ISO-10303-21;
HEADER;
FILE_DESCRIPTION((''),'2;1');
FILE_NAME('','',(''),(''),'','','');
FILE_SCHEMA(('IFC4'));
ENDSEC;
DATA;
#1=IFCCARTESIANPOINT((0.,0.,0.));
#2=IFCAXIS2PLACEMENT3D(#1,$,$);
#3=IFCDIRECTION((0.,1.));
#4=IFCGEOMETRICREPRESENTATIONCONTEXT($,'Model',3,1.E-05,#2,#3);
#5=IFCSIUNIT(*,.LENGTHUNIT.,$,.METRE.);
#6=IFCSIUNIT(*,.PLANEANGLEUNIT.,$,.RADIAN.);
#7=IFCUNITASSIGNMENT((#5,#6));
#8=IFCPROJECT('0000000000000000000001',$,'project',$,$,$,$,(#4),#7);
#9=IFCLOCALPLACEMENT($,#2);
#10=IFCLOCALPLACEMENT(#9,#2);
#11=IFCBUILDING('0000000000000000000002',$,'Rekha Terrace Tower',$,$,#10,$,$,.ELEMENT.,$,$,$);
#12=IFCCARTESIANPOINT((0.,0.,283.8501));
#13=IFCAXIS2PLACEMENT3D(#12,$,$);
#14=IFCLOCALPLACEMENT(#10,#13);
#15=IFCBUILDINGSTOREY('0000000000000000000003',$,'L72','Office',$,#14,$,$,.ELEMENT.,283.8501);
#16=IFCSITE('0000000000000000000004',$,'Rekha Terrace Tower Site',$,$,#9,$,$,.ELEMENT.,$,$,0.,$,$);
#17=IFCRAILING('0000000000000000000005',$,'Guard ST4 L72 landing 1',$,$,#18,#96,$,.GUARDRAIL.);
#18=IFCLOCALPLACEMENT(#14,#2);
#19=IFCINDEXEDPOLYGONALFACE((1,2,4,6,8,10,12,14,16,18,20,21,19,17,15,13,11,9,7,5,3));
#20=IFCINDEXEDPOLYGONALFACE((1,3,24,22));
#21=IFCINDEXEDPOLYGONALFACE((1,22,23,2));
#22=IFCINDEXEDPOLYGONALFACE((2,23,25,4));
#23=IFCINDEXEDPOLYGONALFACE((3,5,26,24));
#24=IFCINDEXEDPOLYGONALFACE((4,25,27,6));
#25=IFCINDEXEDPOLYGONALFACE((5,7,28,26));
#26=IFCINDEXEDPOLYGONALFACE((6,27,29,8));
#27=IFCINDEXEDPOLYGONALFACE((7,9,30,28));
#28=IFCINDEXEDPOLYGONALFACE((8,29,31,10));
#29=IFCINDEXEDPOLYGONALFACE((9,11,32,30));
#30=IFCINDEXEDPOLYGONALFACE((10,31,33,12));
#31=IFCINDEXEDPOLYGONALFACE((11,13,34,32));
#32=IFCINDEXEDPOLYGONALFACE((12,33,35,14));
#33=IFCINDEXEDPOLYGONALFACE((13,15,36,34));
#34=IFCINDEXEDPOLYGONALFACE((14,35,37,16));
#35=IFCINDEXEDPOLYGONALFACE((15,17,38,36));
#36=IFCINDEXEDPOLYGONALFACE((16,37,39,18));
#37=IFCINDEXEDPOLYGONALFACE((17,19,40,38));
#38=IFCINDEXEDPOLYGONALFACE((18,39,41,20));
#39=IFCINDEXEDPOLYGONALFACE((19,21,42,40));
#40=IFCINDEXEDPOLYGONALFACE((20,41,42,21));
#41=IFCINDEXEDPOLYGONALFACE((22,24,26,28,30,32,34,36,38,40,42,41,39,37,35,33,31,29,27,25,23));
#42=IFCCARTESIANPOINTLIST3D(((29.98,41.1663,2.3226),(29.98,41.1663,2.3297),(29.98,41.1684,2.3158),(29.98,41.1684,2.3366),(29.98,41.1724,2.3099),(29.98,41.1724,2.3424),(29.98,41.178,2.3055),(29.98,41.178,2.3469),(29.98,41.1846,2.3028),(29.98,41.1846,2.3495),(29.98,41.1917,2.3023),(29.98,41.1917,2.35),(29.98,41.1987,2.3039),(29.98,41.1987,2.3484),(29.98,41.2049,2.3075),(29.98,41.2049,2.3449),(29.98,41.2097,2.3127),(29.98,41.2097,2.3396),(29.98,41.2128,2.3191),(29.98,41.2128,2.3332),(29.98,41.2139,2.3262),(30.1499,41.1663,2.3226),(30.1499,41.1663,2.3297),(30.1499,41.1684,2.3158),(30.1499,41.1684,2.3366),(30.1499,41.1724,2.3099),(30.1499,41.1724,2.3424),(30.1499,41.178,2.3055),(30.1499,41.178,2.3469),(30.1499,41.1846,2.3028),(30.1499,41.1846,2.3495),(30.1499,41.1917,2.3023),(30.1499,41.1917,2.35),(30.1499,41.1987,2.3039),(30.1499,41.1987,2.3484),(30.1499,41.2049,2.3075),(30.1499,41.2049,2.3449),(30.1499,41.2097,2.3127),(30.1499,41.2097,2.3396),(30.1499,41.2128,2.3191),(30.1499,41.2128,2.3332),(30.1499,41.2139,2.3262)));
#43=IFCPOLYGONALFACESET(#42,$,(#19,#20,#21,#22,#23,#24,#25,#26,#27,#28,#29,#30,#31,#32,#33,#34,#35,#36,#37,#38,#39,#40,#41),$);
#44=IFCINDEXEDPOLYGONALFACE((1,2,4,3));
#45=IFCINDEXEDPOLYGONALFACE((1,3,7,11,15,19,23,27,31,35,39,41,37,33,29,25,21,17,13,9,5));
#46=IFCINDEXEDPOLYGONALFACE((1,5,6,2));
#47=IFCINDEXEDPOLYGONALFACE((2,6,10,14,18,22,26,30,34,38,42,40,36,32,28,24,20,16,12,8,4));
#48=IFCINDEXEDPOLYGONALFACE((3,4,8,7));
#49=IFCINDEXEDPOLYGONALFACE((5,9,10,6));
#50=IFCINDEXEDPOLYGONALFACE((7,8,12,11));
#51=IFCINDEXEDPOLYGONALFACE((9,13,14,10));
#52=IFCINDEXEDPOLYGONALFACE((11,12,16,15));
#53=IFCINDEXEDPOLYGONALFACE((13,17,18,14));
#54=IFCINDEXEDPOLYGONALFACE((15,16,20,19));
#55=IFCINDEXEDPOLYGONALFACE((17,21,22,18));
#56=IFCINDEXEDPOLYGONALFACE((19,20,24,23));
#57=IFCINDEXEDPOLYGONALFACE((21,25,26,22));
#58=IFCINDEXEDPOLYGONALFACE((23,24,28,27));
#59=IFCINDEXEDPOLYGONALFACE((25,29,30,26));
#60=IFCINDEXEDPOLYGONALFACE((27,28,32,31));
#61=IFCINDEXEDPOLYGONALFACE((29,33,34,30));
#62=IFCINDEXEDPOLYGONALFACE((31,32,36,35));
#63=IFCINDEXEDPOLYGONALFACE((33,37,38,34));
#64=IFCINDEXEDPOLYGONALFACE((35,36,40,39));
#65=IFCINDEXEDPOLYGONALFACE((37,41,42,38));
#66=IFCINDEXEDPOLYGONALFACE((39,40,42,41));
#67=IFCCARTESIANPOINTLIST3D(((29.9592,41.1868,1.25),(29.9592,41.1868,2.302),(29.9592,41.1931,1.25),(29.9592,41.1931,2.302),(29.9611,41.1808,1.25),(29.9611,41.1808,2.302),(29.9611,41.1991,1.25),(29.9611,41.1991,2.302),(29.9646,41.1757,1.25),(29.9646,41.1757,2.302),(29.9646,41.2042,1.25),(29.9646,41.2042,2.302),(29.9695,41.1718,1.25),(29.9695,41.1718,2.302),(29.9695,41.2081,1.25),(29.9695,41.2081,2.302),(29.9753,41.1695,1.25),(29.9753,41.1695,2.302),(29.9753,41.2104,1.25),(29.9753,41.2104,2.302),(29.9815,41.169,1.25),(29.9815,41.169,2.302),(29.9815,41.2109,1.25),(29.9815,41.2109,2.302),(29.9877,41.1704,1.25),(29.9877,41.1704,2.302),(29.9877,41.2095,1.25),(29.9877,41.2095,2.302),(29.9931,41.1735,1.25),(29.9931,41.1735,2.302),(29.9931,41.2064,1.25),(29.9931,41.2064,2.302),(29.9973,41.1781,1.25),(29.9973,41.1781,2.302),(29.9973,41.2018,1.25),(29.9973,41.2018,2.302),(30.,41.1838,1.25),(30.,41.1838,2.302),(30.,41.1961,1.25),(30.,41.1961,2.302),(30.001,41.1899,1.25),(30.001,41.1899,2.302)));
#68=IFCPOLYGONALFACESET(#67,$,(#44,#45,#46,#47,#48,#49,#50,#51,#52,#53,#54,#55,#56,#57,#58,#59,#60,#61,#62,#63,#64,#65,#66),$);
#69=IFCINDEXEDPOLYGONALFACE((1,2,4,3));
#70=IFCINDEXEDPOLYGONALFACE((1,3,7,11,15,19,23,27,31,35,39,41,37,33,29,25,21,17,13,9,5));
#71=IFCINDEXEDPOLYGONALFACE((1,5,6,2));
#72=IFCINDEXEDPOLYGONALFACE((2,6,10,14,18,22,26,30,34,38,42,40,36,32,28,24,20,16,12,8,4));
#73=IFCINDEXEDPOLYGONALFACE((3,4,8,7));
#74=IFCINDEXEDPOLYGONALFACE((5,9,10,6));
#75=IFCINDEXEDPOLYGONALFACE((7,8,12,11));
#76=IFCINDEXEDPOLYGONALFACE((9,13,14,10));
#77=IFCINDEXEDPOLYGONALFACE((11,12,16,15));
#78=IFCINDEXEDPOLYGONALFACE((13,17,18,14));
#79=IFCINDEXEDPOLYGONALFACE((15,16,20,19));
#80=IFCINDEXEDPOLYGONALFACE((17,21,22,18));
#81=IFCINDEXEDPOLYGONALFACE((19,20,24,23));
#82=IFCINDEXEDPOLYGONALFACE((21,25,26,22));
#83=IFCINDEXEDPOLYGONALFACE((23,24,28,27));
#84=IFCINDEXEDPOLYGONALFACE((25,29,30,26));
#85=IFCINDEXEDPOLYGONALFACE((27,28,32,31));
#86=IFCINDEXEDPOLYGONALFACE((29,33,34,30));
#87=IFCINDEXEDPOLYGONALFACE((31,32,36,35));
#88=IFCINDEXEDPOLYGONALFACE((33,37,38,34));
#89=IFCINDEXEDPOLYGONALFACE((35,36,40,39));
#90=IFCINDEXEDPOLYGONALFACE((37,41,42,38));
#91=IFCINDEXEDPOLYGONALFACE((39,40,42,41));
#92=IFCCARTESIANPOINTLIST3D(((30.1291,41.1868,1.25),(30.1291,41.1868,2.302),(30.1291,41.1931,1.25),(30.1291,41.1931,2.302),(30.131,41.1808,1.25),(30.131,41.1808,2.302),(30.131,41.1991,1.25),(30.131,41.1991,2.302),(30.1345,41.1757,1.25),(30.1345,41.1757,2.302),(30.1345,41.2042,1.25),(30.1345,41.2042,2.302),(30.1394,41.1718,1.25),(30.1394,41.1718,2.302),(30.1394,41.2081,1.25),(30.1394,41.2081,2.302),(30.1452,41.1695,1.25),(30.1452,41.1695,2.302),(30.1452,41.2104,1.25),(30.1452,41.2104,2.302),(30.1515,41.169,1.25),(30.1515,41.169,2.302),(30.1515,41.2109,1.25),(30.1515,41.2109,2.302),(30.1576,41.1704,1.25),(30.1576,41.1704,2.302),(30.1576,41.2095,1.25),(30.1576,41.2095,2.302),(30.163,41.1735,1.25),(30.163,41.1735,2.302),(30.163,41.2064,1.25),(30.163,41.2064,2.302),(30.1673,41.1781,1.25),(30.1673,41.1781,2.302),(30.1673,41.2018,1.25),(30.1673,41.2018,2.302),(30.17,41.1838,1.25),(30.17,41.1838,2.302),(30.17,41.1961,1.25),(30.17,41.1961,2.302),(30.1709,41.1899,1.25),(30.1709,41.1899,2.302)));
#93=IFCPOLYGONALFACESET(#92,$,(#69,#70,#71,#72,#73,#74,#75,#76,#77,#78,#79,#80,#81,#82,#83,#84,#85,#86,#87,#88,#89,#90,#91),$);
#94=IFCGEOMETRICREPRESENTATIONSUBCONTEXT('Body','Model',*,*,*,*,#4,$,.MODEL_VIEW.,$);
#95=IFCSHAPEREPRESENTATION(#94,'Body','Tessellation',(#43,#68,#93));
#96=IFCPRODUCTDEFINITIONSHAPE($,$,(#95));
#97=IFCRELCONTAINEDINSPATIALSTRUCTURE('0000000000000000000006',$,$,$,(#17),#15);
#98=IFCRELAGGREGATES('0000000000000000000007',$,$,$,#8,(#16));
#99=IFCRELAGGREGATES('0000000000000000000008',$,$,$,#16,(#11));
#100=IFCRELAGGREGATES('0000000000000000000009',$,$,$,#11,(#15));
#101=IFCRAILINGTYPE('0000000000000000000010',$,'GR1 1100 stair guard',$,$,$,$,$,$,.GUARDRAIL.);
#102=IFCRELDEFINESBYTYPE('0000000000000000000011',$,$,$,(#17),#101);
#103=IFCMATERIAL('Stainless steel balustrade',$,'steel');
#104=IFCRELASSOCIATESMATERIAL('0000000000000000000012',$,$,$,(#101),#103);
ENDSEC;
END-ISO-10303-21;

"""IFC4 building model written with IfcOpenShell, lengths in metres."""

from ifc_helpers import new_model, si_unit, direction, frame, origin, origin_2d, place, context, subcontext, project, spatial, circle, extrude, material, type_object, element, save


model = new_model("IFC4")

# Units and contexts
model_context = context("Model", 3, precision=1e-05, world=origin(), true_north=direction((0.0, 1.0)))
body_context = subcontext(model_context, "Body", "Model", "MODEL_VIEW")
ifc_project = project(units=[si_unit("LENGTHUNIT", "METRE"), si_unit("PLANEANGLEUNIT", "RADIAN")], contexts=[model_context])

# Site, building, storey
site_placement = place(None, origin())
site = spatial("IfcSite", under=ifc_project, at=site_placement, Name="Rekha Terrace Tower Site", CompositionType="ELEMENT", RefElevation=0.0)
building_placement = place(site_placement, origin())
building = spatial("IfcBuilding", under=site, at=building_placement, Name="Rekha Terrace Tower", CompositionType="ELEMENT")
storey_placement = place(building_placement, frame((0.0, 0.0, 283.8501)))
storey = spatial("IfcBuildingStorey", under=building, at=storey_placement, Name="L72", Description="Office", CompositionType="ELEMENT", Elevation=283.8501)

# Railing
ifc_material_1 = material(Name="Stainless steel balustrade", Category="steel")
railing_type_1 = type_object("IfcRailingType", Name="GR1 1100 stair guard", PredefinedType="GUARDRAIL", material=ifc_material_1)
railing_1_placement = place(storey_placement, frame((29.98, 41.1899, 1.25)))
element("IfcRailing", 1, at=railing_1_placement, inside=storey, type_object=railing_type_1, Name="Guard ST4 L72 landing 1", PredefinedType="GUARDRAIL", context=body_context, shape_type="SweptSolid", body=[
    extrude(circle(Radius=0.0239, at=origin_2d()), frame((0.0, 0.0, 1.0762), z_axis=(1.0, 0.0, 0.0), x_axis=(0.0, 1.0, 0.0)), (0.0, 0.0, 1.0), 0.1699),
    extrude(circle(Radius=0.021, at=origin_2d()), origin(), (0.0, 0.0, 1.0), 1.052),
    extrude(circle(Radius=0.021, at=origin_2d()), frame((0.1699, 0.0, 0.0)), (0.0, 0.0, 1.0), 1.052),
])

save(model, "model.ifc")
